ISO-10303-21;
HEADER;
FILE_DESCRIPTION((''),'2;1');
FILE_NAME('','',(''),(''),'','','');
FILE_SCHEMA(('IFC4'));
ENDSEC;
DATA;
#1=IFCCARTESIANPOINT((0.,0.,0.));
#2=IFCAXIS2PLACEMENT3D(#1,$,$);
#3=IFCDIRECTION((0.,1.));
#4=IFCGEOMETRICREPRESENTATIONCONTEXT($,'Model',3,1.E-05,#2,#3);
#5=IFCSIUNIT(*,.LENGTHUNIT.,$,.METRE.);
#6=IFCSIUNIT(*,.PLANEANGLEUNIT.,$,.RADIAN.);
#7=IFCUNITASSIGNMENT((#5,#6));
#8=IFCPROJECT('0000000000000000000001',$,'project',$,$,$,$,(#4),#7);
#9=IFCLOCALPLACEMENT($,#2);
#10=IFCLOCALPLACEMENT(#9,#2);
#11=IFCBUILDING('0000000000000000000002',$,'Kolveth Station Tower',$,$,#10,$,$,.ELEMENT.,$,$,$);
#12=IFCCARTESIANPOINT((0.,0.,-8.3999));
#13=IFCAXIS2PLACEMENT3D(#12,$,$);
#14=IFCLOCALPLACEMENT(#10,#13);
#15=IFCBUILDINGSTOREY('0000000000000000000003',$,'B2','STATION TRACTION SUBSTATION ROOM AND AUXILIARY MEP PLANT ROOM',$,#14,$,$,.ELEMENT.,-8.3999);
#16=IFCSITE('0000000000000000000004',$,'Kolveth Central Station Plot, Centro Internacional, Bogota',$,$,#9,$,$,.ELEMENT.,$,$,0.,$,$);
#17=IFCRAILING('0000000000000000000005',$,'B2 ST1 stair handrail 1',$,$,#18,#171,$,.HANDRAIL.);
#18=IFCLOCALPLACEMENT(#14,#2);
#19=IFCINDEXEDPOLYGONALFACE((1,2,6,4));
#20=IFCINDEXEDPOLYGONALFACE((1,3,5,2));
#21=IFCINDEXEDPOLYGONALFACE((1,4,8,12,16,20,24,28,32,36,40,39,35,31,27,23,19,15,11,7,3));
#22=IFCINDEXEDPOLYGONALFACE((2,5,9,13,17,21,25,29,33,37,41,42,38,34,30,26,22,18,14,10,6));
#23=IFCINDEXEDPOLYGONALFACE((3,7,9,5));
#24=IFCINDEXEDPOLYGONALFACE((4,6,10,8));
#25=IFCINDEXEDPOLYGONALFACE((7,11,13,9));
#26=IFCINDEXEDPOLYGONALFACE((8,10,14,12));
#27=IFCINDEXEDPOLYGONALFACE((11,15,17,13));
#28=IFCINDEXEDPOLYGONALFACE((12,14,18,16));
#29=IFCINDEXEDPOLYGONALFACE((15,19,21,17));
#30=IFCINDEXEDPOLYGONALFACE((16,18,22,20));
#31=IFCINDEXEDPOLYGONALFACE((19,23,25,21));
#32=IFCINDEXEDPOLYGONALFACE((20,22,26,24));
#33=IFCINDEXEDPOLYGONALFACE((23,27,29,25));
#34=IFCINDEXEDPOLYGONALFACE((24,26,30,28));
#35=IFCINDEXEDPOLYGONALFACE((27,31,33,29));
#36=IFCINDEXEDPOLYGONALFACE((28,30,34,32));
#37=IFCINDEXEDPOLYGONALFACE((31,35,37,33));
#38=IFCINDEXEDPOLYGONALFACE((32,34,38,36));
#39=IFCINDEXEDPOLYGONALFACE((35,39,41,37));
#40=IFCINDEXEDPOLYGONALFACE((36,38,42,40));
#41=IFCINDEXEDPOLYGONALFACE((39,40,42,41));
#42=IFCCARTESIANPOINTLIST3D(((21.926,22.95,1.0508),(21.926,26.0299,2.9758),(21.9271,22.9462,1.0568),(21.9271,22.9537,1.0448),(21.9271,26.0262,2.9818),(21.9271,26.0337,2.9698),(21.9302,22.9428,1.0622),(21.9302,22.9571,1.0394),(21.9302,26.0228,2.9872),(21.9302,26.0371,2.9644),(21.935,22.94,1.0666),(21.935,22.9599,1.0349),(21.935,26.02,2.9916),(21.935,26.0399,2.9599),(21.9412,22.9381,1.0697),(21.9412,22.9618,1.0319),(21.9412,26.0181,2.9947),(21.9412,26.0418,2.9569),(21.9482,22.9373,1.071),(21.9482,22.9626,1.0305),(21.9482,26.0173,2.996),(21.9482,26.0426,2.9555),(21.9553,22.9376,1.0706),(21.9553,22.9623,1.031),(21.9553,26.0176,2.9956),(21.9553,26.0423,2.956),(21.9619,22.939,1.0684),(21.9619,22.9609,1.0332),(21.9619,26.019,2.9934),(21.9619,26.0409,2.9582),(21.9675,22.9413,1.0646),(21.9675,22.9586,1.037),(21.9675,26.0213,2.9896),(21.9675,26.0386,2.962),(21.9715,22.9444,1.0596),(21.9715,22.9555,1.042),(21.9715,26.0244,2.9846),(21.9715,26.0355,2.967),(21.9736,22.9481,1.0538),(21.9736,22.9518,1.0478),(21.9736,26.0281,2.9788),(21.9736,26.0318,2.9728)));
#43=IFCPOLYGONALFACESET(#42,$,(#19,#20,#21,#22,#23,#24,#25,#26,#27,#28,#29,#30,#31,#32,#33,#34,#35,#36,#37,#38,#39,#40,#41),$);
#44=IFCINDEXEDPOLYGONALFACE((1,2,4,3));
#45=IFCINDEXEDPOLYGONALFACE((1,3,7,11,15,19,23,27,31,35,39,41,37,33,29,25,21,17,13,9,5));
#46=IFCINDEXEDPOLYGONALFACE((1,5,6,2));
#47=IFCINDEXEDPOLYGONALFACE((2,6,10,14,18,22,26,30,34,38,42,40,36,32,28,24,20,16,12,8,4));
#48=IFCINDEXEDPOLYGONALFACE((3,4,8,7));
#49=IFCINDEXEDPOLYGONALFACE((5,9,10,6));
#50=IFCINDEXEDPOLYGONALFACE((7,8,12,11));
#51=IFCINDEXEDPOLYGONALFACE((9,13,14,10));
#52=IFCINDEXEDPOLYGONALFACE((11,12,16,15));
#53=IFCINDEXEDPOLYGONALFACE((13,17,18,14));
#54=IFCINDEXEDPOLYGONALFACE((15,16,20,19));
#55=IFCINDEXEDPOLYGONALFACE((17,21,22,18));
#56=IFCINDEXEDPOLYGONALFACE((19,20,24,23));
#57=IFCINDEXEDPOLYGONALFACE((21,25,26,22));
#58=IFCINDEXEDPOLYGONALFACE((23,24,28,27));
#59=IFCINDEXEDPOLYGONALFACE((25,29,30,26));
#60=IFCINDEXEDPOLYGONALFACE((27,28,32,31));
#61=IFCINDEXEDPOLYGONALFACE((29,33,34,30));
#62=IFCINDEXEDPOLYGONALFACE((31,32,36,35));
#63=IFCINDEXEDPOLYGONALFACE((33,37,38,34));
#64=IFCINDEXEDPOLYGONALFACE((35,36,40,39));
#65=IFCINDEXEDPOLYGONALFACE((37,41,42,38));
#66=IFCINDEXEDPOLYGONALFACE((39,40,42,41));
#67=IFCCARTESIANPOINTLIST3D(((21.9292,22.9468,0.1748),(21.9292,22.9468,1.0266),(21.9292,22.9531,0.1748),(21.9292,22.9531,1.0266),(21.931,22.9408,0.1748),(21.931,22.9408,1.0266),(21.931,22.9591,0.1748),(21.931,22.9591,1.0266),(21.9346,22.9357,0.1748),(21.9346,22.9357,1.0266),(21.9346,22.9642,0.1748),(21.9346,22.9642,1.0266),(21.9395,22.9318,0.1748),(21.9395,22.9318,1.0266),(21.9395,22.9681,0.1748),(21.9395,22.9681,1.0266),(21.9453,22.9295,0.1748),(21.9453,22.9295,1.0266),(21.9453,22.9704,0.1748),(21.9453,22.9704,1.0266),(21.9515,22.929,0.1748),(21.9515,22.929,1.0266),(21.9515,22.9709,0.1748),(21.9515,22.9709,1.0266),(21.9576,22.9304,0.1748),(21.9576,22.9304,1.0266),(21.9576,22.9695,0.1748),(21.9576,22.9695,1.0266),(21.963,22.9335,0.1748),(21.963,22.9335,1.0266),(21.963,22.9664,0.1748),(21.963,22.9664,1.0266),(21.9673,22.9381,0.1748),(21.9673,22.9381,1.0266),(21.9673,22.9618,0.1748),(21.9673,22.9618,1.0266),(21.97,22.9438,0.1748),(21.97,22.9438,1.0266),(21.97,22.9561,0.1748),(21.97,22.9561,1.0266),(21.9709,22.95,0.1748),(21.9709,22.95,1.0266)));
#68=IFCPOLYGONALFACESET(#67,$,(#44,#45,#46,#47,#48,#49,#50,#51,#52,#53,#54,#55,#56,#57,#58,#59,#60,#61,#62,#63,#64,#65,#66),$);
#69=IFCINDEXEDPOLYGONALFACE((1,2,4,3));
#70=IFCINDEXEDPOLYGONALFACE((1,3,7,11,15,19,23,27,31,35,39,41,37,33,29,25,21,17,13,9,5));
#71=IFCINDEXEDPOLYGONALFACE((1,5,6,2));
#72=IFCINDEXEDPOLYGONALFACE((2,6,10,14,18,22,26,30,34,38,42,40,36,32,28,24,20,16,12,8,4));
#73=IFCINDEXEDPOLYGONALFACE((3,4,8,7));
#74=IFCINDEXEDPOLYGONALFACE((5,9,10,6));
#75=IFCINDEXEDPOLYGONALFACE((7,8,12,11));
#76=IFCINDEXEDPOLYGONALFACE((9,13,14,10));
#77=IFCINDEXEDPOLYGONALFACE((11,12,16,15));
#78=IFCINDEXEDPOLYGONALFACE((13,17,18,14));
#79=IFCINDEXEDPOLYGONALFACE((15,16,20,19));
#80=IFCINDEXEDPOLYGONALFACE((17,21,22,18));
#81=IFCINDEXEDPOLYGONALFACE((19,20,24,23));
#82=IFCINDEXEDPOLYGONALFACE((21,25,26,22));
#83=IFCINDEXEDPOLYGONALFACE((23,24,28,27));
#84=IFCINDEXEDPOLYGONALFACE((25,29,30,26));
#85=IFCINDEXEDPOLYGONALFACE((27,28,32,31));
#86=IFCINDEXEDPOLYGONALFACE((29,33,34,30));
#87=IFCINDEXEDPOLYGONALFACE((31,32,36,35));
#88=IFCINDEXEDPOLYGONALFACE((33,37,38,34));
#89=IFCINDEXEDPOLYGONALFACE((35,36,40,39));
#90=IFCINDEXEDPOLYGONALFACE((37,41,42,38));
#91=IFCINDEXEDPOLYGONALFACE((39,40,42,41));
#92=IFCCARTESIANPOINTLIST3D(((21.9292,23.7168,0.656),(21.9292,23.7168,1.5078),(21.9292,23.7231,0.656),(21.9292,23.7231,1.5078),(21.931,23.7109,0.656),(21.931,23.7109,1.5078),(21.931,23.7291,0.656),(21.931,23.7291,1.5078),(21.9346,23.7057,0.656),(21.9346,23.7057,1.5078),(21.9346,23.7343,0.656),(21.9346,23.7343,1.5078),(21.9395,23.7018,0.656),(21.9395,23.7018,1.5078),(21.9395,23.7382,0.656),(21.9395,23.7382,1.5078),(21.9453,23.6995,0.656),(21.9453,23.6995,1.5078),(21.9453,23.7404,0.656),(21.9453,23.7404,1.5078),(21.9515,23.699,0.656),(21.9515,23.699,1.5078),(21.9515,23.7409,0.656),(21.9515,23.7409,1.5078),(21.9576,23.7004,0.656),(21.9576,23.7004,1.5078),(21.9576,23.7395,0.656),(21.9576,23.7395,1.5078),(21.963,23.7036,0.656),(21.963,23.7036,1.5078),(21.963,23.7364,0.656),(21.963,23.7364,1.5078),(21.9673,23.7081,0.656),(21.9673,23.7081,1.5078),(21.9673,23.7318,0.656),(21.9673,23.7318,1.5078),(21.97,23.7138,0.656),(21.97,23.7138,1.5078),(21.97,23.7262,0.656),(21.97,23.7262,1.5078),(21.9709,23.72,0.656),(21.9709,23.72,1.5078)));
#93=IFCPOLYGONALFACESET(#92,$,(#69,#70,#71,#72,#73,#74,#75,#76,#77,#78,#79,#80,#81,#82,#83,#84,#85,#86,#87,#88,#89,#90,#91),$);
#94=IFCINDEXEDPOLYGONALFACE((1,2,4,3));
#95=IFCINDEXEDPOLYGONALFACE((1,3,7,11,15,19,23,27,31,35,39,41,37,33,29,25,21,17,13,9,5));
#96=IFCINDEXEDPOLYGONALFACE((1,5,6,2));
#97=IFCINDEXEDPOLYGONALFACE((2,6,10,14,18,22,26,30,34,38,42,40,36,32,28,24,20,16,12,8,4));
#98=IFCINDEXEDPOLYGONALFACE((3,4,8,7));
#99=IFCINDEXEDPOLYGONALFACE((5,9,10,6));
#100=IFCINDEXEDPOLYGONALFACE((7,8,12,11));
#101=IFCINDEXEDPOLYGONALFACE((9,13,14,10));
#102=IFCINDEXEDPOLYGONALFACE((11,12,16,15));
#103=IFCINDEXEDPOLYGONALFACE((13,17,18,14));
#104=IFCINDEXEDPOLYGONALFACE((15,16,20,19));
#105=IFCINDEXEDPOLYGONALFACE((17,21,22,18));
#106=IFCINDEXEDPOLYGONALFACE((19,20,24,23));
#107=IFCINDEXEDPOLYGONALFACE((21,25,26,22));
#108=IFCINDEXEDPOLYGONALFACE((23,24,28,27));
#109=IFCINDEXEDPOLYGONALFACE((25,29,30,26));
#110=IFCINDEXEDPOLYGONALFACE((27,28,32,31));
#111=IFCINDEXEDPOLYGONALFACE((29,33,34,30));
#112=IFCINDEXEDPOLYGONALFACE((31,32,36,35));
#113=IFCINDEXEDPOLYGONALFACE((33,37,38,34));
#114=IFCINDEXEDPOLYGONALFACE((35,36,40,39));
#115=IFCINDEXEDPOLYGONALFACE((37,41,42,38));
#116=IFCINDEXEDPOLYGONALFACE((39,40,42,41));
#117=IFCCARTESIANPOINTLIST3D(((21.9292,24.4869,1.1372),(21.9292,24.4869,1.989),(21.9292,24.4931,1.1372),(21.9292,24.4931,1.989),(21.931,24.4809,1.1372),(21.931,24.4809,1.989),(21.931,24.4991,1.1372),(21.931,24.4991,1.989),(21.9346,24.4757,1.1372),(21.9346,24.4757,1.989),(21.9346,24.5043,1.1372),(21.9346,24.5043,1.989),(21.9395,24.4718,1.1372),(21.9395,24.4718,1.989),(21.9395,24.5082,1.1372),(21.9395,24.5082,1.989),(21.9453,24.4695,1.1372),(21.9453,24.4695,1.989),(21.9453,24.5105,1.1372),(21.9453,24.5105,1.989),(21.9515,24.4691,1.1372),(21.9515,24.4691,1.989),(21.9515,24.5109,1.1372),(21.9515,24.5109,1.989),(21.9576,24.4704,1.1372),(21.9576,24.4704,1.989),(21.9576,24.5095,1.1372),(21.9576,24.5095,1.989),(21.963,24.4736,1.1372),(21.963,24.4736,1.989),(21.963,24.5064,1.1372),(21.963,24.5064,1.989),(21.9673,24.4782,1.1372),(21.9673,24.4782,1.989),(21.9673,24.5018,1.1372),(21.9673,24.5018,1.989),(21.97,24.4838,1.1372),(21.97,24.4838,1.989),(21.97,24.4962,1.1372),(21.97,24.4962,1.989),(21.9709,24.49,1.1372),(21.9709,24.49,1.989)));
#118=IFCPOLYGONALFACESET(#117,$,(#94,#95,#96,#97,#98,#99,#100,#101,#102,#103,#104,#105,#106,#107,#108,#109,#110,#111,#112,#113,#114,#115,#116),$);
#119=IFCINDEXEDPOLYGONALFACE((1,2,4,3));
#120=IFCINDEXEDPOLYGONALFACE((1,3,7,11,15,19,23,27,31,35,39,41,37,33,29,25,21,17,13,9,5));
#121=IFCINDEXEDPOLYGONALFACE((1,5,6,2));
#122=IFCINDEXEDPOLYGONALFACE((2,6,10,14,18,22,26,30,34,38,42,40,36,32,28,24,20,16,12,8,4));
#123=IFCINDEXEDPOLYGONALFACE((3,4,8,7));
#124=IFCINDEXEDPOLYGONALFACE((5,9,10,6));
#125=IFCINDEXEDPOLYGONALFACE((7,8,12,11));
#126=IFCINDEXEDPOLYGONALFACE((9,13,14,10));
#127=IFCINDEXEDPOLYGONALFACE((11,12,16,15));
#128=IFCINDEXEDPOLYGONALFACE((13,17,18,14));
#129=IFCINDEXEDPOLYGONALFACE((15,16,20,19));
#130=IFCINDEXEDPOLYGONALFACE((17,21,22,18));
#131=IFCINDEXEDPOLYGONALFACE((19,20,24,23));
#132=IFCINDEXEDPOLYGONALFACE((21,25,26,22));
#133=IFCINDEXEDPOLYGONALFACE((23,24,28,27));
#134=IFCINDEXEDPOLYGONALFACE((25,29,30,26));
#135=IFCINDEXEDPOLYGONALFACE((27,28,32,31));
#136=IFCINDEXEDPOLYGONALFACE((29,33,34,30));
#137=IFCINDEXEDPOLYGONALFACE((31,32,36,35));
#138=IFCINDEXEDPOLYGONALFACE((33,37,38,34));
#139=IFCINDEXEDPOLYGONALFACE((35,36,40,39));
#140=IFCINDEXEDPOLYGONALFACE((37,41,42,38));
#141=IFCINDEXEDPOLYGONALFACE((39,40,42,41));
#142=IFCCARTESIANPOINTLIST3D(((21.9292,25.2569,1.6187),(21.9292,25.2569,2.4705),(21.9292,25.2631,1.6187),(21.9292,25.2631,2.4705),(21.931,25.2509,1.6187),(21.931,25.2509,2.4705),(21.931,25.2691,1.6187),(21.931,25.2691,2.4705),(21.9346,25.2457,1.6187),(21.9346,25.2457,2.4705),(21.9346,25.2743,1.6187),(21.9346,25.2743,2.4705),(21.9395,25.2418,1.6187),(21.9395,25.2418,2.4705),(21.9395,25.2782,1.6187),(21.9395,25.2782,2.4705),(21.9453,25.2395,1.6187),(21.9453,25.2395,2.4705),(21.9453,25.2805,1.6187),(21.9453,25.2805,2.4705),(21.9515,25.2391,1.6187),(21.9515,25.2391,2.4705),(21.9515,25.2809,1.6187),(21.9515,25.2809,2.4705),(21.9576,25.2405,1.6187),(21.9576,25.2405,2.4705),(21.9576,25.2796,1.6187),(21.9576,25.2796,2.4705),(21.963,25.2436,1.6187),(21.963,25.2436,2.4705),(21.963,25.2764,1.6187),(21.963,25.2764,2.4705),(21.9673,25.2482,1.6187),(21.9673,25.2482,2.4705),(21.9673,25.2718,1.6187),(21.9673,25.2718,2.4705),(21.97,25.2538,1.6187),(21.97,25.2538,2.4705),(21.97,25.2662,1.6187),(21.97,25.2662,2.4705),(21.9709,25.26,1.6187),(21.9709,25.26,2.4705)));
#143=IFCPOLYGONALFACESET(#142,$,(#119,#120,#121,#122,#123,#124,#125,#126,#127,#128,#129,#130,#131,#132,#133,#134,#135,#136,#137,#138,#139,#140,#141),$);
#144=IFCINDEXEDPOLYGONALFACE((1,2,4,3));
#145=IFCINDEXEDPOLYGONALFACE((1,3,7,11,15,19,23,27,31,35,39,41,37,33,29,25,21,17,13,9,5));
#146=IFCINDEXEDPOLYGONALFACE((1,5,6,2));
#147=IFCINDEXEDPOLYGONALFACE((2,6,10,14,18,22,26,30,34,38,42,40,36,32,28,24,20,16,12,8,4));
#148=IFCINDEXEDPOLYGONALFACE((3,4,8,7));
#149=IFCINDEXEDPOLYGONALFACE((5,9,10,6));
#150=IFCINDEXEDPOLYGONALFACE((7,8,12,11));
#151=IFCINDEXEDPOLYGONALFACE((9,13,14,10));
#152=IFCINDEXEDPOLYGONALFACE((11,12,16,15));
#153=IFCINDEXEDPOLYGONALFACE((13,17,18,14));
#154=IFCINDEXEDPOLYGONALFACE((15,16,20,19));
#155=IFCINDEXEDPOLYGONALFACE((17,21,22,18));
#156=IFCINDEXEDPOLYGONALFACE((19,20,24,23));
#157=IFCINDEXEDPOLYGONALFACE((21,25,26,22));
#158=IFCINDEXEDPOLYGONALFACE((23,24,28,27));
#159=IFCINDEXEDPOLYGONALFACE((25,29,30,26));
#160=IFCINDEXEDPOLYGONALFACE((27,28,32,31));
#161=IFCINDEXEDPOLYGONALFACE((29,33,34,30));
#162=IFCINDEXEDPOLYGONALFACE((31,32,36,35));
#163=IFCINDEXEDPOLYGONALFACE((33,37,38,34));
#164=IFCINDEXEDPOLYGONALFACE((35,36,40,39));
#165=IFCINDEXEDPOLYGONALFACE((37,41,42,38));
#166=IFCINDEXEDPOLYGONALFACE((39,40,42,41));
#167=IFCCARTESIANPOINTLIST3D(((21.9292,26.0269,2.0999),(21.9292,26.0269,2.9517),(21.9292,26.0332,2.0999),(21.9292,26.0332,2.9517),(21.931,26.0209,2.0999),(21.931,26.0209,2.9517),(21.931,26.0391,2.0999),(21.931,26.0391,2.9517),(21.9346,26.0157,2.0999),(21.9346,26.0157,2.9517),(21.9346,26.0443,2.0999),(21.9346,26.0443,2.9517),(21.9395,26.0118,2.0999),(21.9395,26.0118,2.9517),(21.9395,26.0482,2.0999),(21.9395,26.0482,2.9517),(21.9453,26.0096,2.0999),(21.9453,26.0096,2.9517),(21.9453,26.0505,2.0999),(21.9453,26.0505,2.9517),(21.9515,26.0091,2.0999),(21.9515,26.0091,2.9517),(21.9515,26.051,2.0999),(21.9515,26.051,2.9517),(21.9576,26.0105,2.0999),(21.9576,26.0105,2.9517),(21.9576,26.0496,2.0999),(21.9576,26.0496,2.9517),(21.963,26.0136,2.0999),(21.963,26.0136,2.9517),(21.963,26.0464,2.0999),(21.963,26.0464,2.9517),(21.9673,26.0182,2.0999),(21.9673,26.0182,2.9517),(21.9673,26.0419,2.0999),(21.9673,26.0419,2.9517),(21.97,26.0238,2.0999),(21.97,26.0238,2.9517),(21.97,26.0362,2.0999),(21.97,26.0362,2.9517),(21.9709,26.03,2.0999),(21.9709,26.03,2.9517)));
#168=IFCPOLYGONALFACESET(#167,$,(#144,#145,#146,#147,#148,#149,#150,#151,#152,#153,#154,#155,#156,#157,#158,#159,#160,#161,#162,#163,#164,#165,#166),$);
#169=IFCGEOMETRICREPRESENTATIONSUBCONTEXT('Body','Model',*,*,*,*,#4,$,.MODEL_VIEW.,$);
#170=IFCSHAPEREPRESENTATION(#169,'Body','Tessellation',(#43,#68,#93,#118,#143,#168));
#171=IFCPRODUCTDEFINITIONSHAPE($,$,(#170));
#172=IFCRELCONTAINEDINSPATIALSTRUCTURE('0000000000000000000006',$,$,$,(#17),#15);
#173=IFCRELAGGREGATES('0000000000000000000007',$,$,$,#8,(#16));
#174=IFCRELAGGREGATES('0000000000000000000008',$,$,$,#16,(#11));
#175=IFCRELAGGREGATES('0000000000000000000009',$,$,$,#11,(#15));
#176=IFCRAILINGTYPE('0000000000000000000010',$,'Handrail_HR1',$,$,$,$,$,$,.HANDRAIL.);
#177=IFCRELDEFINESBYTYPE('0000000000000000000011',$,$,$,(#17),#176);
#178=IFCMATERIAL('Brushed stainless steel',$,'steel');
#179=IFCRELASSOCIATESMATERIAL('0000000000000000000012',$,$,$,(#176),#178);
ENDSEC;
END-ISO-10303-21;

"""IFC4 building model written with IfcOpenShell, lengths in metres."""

from ifc_helpers import new_model, si_unit, direction, frame, origin, origin_2d, place, context, subcontext, project, spatial, circle, extrude, material, type_object, element, save


model = new_model("IFC4")

# Units and contexts
model_context = context("Model", 3, precision=1e-05, world=origin(), true_north=direction((0.0, 1.0)))
body_context = subcontext(model_context, "Body", "Model", "MODEL_VIEW")
ifc_project = project(units=[si_unit("LENGTHUNIT", "METRE"), si_unit("PLANEANGLEUNIT", "RADIAN")], contexts=[model_context])

# Site, building, storey
site_placement = place(None, origin())
site = spatial("IfcSite", under=ifc_project, at=site_placement, Name="Kolveth Central Station Plot, Centro Internacional, Bogota", CompositionType="ELEMENT", RefElevation=0.0)
building_placement = place(site_placement, origin())
building = spatial("IfcBuilding", under=site, at=building_placement, Name="Kolveth Station Tower", CompositionType="ELEMENT")
storey_placement = place(building_placement, frame((0.0, 0.0, -8.3999)))
storey = spatial("IfcBuildingStorey", under=building, at=storey_placement, Name="B2", Description="STATION TRACTION SUBSTATION ROOM AND AUXILIARY MEP PLANT ROOM", CompositionType="ELEMENT", Elevation=-8.3999)

# Railing
ifc_material_1 = material(Name="Brushed stainless steel", Category="steel")
railing_type_1 = type_object("IfcRailingType", Name="Handrail_HR1", PredefinedType="HANDRAIL", material=ifc_material_1)
for number, where, name in (
    (1, (21.95, 22.95, 0.1748), "B2 ST1 stair handrail 1"),
):
    element("IfcRailing", number, at=place(storey_placement, frame(where)), inside=storey, type_object=railing_type_1, Name=name, PredefinedType="HANDRAIL", context=body_context, shape_type="SweptSolid", body=[
        extrude(circle(Radius=0.0239, at=origin_2d()), frame((0.0, 0.0, 0.876), z_axis=(0.0, 0.847998, 0.529999), x_axis=(-1.0, 0.0, 0.0)), (0.0, 0.0, 1.0), 3.6321),
        extrude(circle(Radius=0.021, at=origin_2d()), origin(), (0.0, 0.0, 1.0), 0.8518),
        extrude(circle(Radius=0.021, at=origin_2d()), frame((0.0, 0.77, 0.4812)), (0.0, 0.0, 1.0), 0.8518),
        extrude(circle(Radius=0.021, at=origin_2d()), frame((0.0, 1.54, 0.9624)), (0.0, 0.0, 1.0), 0.8518),
        extrude(circle(Radius=0.021, at=origin_2d()), frame((0.0, 2.3101, 1.4438)), (0.0, 0.0, 1.0), 0.8518),
        extrude(circle(Radius=0.021, at=origin_2d()), frame((0.0, 3.0801, 1.925)), (0.0, 0.0, 1.0), 0.8518),
    ])

save(model, "model.ifc")
